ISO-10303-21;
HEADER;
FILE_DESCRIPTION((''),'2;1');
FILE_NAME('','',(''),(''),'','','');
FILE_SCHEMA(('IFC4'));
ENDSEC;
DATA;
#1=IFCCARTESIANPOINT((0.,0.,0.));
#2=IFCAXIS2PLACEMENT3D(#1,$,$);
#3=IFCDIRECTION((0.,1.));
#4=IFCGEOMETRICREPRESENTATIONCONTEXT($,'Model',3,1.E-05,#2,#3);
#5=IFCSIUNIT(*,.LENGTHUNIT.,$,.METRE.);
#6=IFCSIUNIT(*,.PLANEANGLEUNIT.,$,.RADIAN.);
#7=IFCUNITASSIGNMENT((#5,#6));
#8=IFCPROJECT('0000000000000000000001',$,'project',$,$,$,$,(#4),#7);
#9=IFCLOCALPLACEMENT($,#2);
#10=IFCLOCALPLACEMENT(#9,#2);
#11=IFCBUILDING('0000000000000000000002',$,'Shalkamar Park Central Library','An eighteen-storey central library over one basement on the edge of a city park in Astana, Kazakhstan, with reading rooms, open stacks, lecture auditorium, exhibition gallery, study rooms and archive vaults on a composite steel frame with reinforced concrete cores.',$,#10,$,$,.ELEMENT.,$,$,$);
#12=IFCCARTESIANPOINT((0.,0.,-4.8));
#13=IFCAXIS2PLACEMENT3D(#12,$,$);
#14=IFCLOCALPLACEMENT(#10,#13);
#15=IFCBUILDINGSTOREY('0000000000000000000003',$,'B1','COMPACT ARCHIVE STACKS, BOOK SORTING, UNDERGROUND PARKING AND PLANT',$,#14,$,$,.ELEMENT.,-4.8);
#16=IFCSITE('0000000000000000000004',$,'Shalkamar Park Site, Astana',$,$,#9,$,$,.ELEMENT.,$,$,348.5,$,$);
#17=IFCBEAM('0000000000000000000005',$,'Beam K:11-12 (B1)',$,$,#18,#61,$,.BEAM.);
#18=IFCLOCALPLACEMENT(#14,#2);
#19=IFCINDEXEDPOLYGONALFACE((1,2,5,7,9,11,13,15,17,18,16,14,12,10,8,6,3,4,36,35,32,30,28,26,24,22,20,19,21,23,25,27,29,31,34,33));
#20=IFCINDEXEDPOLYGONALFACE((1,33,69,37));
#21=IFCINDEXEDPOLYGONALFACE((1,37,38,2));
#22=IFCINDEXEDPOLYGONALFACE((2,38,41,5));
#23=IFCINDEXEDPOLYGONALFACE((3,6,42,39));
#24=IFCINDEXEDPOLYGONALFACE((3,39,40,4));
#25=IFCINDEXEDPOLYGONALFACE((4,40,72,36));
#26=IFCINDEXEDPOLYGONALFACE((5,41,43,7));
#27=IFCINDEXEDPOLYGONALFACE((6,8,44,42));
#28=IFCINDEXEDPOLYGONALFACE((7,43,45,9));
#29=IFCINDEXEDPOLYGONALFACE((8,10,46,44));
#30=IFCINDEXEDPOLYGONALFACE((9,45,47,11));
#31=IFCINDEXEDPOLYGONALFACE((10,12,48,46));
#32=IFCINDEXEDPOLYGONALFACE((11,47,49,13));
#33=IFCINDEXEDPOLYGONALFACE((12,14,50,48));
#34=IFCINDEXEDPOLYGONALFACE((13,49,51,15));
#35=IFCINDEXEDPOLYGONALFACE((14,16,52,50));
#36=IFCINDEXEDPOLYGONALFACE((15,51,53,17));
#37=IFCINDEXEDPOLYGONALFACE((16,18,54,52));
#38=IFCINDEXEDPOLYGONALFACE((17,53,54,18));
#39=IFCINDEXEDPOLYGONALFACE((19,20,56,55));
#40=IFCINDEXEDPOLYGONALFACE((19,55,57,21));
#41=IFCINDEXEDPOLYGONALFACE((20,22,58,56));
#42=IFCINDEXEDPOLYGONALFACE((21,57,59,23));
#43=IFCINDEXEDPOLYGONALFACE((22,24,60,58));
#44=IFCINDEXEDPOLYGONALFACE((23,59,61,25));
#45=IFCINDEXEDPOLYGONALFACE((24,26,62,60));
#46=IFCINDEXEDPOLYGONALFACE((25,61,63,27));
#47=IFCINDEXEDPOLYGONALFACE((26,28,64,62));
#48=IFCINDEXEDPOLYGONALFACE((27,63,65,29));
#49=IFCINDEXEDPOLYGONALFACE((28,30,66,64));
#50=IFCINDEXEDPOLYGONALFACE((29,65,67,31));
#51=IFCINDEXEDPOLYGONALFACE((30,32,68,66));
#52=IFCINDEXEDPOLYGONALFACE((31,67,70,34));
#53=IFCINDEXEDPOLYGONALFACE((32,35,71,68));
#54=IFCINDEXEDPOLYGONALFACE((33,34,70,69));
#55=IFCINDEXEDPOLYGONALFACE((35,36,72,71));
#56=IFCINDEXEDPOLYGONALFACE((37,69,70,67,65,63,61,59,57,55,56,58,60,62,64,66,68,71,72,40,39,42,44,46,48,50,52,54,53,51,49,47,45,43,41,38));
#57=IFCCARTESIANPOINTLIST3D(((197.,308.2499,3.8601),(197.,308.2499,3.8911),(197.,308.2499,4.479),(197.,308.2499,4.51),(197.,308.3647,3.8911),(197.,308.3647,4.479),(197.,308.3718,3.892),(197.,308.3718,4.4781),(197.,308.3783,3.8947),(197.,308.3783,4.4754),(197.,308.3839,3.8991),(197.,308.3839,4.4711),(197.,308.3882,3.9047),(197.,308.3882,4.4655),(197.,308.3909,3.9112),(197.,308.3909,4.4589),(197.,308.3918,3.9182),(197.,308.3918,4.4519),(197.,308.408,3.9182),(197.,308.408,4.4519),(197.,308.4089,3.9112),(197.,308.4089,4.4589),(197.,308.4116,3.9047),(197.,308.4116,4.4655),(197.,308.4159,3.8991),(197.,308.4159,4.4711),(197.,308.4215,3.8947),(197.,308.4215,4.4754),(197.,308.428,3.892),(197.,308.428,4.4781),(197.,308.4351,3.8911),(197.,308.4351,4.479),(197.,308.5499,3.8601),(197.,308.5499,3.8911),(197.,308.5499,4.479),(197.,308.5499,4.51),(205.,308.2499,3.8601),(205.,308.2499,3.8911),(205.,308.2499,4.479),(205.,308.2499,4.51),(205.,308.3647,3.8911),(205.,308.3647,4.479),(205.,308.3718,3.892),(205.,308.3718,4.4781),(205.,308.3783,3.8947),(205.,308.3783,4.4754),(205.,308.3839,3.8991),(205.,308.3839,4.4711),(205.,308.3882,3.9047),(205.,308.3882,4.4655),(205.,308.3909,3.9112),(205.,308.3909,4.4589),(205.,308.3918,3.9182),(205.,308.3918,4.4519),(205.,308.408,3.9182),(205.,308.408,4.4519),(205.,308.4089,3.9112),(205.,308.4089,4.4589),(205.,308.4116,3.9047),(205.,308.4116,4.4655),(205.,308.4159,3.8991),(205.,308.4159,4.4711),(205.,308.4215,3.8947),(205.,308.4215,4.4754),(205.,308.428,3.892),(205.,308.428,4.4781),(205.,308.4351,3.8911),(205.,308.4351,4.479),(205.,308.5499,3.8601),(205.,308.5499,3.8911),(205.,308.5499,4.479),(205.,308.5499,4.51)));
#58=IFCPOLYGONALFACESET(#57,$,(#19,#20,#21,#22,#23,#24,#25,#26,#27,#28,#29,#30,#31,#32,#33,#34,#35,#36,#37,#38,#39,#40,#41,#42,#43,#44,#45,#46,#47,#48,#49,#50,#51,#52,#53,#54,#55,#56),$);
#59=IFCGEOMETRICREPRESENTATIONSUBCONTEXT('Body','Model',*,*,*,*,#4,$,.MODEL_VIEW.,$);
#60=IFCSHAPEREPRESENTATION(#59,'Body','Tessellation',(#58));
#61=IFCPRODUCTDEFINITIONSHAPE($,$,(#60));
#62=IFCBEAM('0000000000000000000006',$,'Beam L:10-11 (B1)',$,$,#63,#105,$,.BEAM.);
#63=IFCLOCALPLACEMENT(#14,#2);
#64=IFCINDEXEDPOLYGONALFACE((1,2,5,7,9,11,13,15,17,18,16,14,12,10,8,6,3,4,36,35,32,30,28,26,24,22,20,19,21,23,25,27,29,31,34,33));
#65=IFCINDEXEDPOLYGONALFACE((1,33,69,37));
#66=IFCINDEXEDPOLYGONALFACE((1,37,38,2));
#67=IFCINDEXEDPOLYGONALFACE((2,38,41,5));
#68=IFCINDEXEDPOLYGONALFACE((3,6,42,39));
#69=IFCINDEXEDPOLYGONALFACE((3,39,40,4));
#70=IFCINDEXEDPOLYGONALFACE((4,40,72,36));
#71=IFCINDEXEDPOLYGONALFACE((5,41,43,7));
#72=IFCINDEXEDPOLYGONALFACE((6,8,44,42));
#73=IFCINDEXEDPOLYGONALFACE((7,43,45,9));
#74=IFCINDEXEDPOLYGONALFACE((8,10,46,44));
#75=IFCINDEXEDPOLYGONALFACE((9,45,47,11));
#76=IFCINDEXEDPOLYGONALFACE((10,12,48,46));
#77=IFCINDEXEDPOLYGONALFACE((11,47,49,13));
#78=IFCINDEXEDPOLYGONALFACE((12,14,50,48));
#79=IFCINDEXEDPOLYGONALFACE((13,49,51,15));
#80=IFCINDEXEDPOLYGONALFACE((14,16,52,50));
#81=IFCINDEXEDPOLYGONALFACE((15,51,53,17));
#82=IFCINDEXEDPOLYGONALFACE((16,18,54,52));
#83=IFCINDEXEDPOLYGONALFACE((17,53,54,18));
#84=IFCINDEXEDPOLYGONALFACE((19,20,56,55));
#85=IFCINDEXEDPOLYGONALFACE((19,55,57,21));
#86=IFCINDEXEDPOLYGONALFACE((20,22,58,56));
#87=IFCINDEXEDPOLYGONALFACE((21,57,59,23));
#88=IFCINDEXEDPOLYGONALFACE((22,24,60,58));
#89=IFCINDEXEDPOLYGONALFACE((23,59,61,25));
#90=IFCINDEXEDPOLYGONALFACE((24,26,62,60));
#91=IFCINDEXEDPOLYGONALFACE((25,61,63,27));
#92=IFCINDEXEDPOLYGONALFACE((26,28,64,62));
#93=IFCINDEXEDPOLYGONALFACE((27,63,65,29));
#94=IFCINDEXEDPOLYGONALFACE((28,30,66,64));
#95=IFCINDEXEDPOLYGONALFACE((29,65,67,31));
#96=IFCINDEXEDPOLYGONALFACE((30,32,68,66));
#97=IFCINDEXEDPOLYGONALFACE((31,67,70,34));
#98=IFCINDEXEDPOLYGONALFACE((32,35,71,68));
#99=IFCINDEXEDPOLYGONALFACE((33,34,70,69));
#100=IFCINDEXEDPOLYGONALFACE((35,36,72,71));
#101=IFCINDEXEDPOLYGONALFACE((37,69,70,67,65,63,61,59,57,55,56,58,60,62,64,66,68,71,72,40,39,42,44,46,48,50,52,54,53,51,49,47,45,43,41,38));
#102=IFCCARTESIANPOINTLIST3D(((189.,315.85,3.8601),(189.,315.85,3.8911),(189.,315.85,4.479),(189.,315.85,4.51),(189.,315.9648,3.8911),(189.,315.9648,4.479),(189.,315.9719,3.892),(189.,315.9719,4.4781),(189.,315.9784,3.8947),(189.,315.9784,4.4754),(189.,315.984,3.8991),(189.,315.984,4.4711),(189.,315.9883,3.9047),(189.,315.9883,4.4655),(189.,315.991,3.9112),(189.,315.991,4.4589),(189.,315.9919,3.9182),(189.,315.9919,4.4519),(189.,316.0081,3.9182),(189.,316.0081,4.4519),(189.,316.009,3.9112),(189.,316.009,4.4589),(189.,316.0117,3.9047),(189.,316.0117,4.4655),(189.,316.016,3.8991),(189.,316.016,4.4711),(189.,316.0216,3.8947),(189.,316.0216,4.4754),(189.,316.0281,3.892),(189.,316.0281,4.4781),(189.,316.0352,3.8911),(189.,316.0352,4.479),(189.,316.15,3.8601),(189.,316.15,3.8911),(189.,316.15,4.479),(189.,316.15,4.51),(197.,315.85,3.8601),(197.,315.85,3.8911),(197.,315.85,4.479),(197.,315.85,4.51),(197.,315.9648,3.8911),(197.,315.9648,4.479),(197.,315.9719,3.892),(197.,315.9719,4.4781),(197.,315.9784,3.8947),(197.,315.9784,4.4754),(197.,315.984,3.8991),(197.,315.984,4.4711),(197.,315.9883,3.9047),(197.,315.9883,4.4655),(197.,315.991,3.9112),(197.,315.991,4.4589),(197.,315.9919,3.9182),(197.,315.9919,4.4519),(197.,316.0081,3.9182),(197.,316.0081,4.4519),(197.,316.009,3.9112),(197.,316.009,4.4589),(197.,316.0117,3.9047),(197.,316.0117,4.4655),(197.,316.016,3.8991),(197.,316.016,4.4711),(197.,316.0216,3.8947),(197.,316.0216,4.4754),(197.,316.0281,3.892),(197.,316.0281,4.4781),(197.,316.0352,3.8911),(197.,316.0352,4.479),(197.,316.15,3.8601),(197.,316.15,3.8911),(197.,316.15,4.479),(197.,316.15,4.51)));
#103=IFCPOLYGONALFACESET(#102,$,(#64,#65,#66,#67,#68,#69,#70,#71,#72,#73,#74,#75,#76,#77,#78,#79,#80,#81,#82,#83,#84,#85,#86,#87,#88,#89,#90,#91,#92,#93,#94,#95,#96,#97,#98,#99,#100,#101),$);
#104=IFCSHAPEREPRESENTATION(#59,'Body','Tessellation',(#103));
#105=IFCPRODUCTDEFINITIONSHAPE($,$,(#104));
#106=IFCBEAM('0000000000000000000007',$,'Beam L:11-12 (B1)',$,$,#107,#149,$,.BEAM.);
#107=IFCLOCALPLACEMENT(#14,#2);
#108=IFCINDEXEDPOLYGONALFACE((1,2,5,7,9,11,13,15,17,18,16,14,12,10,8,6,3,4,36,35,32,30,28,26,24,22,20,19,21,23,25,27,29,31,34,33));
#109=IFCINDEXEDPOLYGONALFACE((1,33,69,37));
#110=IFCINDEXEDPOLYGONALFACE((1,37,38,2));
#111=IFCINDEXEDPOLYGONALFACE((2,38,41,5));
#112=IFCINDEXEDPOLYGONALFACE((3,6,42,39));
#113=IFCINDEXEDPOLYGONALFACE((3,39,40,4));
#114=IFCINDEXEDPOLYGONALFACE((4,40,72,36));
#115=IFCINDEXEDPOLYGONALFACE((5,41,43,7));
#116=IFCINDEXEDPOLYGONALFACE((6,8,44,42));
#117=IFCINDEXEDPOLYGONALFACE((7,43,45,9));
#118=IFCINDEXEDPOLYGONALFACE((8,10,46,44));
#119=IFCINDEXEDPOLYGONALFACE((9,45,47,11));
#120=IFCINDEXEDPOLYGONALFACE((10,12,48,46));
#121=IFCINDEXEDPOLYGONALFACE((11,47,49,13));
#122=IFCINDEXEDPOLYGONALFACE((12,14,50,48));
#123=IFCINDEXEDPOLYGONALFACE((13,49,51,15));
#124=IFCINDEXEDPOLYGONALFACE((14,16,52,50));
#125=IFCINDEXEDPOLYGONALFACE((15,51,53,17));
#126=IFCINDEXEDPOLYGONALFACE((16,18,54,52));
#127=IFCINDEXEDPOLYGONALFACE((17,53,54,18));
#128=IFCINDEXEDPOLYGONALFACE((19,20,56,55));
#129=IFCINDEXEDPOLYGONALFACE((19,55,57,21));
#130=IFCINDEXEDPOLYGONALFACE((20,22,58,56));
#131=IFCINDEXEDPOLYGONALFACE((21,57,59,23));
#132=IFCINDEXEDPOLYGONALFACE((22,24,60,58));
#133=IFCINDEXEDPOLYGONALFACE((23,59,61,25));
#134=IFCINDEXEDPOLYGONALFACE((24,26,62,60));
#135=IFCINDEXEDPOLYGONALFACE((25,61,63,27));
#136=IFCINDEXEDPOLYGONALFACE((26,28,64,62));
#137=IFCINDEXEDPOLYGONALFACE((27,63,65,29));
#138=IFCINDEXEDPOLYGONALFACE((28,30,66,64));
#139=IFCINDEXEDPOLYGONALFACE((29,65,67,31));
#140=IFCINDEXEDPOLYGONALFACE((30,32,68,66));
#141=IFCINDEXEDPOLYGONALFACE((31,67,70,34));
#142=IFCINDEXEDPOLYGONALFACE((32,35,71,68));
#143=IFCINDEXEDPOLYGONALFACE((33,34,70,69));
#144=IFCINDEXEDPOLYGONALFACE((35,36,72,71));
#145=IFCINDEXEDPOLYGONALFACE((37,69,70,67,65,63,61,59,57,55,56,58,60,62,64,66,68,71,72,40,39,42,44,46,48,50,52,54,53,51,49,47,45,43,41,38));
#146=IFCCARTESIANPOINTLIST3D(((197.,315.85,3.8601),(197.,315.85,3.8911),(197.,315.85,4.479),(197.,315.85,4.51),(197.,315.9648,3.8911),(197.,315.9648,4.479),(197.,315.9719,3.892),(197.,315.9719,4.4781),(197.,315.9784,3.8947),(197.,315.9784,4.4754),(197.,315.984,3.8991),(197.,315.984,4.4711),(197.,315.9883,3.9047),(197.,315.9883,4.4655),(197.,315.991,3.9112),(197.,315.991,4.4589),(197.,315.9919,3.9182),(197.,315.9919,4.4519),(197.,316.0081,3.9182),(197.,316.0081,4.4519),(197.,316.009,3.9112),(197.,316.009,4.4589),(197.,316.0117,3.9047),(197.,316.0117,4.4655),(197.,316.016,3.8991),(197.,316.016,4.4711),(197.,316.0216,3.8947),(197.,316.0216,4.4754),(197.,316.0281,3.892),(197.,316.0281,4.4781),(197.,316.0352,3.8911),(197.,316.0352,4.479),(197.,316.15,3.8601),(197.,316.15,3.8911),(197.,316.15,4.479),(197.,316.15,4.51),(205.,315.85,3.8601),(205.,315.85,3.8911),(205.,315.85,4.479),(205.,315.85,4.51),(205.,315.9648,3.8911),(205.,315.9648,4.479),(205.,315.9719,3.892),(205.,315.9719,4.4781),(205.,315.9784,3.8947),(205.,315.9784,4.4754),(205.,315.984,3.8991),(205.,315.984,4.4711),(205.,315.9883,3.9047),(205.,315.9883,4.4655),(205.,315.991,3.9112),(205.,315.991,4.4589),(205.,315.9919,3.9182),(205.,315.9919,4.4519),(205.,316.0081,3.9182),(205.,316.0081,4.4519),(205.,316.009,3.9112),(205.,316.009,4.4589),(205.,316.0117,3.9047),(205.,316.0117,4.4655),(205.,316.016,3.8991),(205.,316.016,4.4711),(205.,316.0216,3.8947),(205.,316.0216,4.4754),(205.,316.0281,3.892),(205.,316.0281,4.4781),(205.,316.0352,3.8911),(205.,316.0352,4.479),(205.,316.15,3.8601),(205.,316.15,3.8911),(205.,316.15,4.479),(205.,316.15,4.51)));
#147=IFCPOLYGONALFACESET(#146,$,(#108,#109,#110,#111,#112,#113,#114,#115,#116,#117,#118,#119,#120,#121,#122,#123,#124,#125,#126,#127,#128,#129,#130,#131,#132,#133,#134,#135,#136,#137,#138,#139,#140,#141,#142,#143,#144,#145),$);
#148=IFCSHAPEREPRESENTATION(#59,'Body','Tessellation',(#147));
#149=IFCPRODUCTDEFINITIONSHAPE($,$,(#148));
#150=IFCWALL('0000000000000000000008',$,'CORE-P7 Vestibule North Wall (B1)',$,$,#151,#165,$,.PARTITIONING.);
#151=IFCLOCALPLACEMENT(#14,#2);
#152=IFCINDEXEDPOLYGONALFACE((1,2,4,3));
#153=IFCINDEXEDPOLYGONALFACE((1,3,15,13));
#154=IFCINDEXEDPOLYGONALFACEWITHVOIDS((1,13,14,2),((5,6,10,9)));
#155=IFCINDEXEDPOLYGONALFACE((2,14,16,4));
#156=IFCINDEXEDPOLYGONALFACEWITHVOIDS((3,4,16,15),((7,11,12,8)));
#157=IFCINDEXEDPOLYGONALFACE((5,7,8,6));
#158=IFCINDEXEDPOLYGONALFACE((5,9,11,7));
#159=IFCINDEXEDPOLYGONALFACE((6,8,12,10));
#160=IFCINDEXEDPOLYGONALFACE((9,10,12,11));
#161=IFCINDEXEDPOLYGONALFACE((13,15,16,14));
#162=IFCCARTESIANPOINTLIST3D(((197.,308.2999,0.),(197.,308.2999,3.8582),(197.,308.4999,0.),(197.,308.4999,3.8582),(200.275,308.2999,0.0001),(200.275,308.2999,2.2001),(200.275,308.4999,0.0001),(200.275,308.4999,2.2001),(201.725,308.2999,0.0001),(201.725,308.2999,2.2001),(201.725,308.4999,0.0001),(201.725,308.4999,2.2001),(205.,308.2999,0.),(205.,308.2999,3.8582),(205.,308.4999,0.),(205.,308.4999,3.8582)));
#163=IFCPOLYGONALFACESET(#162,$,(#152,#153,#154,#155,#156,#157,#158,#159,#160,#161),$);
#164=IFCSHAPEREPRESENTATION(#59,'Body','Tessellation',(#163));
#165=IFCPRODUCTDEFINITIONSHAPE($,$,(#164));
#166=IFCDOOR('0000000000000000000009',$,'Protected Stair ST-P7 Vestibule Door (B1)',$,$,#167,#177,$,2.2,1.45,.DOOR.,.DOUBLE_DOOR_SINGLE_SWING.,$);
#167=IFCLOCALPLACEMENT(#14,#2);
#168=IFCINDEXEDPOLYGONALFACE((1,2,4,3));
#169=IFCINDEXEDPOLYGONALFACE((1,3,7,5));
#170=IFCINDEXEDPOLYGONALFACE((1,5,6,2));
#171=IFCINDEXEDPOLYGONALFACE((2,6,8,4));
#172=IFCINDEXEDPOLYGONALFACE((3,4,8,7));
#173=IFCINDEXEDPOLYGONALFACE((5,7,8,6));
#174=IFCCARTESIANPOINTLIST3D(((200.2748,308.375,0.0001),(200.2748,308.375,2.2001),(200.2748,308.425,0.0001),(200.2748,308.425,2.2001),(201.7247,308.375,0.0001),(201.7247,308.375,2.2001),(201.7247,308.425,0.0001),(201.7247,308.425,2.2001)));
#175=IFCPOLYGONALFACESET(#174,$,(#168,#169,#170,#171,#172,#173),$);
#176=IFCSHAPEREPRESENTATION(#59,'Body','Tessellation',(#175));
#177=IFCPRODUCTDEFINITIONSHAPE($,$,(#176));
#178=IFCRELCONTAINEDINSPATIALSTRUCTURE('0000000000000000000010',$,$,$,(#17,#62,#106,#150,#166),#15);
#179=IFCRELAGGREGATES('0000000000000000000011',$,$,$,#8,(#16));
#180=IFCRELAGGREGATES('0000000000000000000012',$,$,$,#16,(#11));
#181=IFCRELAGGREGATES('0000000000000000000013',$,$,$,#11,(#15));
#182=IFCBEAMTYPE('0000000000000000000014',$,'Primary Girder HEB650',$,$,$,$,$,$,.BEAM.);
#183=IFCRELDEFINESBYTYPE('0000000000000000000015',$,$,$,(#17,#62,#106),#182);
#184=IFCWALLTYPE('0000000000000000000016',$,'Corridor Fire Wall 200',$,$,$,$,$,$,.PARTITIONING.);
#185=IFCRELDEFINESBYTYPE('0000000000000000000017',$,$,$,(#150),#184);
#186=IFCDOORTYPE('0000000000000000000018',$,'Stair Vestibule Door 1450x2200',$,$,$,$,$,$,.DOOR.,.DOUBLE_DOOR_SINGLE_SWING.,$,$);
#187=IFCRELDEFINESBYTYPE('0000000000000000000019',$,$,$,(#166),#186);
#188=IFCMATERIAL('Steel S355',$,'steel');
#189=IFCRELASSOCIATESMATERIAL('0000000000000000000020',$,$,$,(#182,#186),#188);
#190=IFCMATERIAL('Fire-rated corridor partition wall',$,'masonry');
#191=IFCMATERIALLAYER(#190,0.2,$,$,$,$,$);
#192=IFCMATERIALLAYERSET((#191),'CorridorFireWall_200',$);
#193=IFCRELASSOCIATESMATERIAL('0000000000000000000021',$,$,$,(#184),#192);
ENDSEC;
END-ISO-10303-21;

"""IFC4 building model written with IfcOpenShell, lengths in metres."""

from ifc_helpers import new_model, si_unit, direction, frame, frame_2d, origin, origin_2d, place, context, subcontext, project, spatial, rectangle, i_section, extrude, material, layer, layer_set, material_profile, profile_set, type_object, element, fill, save


model = new_model("IFC4")

# Units and contexts
model_context = context("Model", 3, precision=1e-05, world=origin(), true_north=direction((0.0, 1.0)))
body_context = subcontext(model_context, "Body", "Model", "MODEL_VIEW")
ifc_project = project(units=[si_unit("LENGTHUNIT", "METRE"), si_unit("PLANEANGLEUNIT", "RADIAN")], contexts=[model_context])

# Site, building, storey
site_placement = place(None, origin())
site = spatial("IfcSite", under=ifc_project, at=site_placement, Name="Shalkamar Park Site, Astana", CompositionType="ELEMENT", RefElevation=348.5)
building_placement = place(site_placement, origin())
building = spatial("IfcBuilding", under=site, at=building_placement, Name="Shalkamar Park Central Library", Description="An eighteen-storey central library over one basement on the edge of a city park in Astana, Kazakhstan, with reading rooms, open stacks, lecture auditorium, exhibition gallery, study rooms and archive vaults on a composite steel frame with reinforced concrete cores.", CompositionType="ELEMENT")
storey_placement = place(building_placement, frame((0.0, 0.0, -4.8)))
storey = spatial("IfcBuildingStorey", under=building, at=storey_placement, Name="B1", Description="COMPACT ARCHIVE STACKS, BOOK SORTING, UNDERGROUND PARKING AND PLANT", CompositionType="ELEMENT", Elevation=-4.8)

# Shared definitions
ifc_material_1 = material(Name="Steel S355", Category="steel")

# Beams
ifc_material_profile_1 = material_profile(ifc_material_1, i_section(OverallWidth=0.3, OverallDepth=0.6499, WebThickness=0.0161, FlangeThickness=0.031, FilletRadius=0.0271, at=origin_2d()), Name="HEB 650")
ifc_profile_set_1 = profile_set([ifc_material_profile_1], Name="Steel S355")
beam_type_1 = type_object("IfcBeamType", Name="Primary Girder HEB650", PredefinedType="BEAM", material=ifc_profile_set_1)
for number, where, z_axis, x_axis, name in (
    (1, (197.0, 308.3999, 4.1851), (1.0, 0.0, 0.0), (0.0, 1.0, 0.0), "Beam K:11-12 (B1)"),
    (2, (189.0, 316.0, 4.1851), (1.0, 0.0, 0.0), (0.0, 1.0, 0.0), "Beam L:10-11 (B1)"),
    (3, (197.0, 316.0, 4.1851), (1.0, 0.0, 0.0), (0.0, 1.0, 0.0), "Beam L:11-12 (B1)"),
):
    element("IfcBeam", number, at=place(storey_placement, frame(where, z_axis=z_axis, x_axis=x_axis)), inside=storey, type_object=beam_type_1, Name=name, PredefinedType="BEAM", context=body_context, shape_type="SweptSolid", body=[
        extrude(i_section(OverallWidth=0.3, OverallDepth=0.6499, WebThickness=0.0161, FlangeThickness=0.031, FilletRadius=0.0271, at=origin_2d()), origin(), (0.0, 0.0, 1.0), 8.0),
    ])

# Wall, opening, door
ifc_material_2 = material(Name="Fire-rated corridor partition wall", Category="masonry")
ifc_layer = layer(ifc_material_2, 0.2)
ifc_layer_set = layer_set([ifc_layer], Name="CorridorFireWall_200")
wall_type = type_object("IfcWallType", Name="Corridor Fire Wall 200", PredefinedType="PARTITIONING", material=ifc_layer_set)
wall_placement = place(storey_placement, frame((197.0, 308.3999, 0.0), z_axis=(0.0, 0.0, 1.0), x_axis=(1.0, 0.0, 0.0)))
wall = element("IfcWall", 4, at=wall_placement, inside=storey, type_object=wall_type, Name="CORE-P7 Vestibule North Wall (B1)", PredefinedType="PARTITIONING", context=body_context, shape_type="SweptSolid", body=[
    extrude(rectangle(XDim=8.0, YDim=0.2, at=frame_2d((4.0, 0.0))), origin(), (0.0, 0.0, 1.0), 3.8582),
])
opening_placement = place(wall_placement, frame((3.2749, 0.0, 0.0)))
opening = element("IfcOpeningElement", 5, at=opening_placement, cuts=wall, PredefinedType="OPENING", context=body_context, shape_type="SweptSolid", body=[
    extrude(rectangle(XDim=1.45, YDim=2.2, at=frame_2d((0.7251, 1.1001))), frame((0.0, 0.1147, 0.0), z_axis=(0.0, -1.0, 0.0), x_axis=(1.0, 0.0, 0.0)), (0.0, 0.0, 1.0), 0.2297),
])
door_type = type_object("IfcDoorType", Name="Stair Vestibule Door 1450x2200", OperationType="DOUBLE_DOOR_SINGLE_SWING", PredefinedType="DOOR", material=ifc_material_1)
door_placement = place(opening_placement, frame((1.45, 0.0, 0.0), z_axis=(0.0, 0.0, 1.0), x_axis=(-1.0, 0.0, 0.0)))
door = element("IfcDoor", 6, at=door_placement, inside=storey, type_object=door_type, Name="Protected Stair ST-P7 Vestibule Door (B1)", OperationType="DOUBLE_DOOR_SINGLE_SWING", OverallHeight=2.2, OverallWidth=1.45, PredefinedType="DOOR", context=body_context, shape_type="SweptSolid", body=[
    extrude(rectangle(XDim=1.45, YDim=2.2, at=frame_2d((0.7251, 1.1001))), frame((0.0, 0.0249, 0.0), z_axis=(0.0, -1.0, 0.0), x_axis=(1.0, 0.0, 0.0)), (0.0, 0.0, 1.0), 0.05),
])
fill(opening, door)

save(model, "model.ifc")
